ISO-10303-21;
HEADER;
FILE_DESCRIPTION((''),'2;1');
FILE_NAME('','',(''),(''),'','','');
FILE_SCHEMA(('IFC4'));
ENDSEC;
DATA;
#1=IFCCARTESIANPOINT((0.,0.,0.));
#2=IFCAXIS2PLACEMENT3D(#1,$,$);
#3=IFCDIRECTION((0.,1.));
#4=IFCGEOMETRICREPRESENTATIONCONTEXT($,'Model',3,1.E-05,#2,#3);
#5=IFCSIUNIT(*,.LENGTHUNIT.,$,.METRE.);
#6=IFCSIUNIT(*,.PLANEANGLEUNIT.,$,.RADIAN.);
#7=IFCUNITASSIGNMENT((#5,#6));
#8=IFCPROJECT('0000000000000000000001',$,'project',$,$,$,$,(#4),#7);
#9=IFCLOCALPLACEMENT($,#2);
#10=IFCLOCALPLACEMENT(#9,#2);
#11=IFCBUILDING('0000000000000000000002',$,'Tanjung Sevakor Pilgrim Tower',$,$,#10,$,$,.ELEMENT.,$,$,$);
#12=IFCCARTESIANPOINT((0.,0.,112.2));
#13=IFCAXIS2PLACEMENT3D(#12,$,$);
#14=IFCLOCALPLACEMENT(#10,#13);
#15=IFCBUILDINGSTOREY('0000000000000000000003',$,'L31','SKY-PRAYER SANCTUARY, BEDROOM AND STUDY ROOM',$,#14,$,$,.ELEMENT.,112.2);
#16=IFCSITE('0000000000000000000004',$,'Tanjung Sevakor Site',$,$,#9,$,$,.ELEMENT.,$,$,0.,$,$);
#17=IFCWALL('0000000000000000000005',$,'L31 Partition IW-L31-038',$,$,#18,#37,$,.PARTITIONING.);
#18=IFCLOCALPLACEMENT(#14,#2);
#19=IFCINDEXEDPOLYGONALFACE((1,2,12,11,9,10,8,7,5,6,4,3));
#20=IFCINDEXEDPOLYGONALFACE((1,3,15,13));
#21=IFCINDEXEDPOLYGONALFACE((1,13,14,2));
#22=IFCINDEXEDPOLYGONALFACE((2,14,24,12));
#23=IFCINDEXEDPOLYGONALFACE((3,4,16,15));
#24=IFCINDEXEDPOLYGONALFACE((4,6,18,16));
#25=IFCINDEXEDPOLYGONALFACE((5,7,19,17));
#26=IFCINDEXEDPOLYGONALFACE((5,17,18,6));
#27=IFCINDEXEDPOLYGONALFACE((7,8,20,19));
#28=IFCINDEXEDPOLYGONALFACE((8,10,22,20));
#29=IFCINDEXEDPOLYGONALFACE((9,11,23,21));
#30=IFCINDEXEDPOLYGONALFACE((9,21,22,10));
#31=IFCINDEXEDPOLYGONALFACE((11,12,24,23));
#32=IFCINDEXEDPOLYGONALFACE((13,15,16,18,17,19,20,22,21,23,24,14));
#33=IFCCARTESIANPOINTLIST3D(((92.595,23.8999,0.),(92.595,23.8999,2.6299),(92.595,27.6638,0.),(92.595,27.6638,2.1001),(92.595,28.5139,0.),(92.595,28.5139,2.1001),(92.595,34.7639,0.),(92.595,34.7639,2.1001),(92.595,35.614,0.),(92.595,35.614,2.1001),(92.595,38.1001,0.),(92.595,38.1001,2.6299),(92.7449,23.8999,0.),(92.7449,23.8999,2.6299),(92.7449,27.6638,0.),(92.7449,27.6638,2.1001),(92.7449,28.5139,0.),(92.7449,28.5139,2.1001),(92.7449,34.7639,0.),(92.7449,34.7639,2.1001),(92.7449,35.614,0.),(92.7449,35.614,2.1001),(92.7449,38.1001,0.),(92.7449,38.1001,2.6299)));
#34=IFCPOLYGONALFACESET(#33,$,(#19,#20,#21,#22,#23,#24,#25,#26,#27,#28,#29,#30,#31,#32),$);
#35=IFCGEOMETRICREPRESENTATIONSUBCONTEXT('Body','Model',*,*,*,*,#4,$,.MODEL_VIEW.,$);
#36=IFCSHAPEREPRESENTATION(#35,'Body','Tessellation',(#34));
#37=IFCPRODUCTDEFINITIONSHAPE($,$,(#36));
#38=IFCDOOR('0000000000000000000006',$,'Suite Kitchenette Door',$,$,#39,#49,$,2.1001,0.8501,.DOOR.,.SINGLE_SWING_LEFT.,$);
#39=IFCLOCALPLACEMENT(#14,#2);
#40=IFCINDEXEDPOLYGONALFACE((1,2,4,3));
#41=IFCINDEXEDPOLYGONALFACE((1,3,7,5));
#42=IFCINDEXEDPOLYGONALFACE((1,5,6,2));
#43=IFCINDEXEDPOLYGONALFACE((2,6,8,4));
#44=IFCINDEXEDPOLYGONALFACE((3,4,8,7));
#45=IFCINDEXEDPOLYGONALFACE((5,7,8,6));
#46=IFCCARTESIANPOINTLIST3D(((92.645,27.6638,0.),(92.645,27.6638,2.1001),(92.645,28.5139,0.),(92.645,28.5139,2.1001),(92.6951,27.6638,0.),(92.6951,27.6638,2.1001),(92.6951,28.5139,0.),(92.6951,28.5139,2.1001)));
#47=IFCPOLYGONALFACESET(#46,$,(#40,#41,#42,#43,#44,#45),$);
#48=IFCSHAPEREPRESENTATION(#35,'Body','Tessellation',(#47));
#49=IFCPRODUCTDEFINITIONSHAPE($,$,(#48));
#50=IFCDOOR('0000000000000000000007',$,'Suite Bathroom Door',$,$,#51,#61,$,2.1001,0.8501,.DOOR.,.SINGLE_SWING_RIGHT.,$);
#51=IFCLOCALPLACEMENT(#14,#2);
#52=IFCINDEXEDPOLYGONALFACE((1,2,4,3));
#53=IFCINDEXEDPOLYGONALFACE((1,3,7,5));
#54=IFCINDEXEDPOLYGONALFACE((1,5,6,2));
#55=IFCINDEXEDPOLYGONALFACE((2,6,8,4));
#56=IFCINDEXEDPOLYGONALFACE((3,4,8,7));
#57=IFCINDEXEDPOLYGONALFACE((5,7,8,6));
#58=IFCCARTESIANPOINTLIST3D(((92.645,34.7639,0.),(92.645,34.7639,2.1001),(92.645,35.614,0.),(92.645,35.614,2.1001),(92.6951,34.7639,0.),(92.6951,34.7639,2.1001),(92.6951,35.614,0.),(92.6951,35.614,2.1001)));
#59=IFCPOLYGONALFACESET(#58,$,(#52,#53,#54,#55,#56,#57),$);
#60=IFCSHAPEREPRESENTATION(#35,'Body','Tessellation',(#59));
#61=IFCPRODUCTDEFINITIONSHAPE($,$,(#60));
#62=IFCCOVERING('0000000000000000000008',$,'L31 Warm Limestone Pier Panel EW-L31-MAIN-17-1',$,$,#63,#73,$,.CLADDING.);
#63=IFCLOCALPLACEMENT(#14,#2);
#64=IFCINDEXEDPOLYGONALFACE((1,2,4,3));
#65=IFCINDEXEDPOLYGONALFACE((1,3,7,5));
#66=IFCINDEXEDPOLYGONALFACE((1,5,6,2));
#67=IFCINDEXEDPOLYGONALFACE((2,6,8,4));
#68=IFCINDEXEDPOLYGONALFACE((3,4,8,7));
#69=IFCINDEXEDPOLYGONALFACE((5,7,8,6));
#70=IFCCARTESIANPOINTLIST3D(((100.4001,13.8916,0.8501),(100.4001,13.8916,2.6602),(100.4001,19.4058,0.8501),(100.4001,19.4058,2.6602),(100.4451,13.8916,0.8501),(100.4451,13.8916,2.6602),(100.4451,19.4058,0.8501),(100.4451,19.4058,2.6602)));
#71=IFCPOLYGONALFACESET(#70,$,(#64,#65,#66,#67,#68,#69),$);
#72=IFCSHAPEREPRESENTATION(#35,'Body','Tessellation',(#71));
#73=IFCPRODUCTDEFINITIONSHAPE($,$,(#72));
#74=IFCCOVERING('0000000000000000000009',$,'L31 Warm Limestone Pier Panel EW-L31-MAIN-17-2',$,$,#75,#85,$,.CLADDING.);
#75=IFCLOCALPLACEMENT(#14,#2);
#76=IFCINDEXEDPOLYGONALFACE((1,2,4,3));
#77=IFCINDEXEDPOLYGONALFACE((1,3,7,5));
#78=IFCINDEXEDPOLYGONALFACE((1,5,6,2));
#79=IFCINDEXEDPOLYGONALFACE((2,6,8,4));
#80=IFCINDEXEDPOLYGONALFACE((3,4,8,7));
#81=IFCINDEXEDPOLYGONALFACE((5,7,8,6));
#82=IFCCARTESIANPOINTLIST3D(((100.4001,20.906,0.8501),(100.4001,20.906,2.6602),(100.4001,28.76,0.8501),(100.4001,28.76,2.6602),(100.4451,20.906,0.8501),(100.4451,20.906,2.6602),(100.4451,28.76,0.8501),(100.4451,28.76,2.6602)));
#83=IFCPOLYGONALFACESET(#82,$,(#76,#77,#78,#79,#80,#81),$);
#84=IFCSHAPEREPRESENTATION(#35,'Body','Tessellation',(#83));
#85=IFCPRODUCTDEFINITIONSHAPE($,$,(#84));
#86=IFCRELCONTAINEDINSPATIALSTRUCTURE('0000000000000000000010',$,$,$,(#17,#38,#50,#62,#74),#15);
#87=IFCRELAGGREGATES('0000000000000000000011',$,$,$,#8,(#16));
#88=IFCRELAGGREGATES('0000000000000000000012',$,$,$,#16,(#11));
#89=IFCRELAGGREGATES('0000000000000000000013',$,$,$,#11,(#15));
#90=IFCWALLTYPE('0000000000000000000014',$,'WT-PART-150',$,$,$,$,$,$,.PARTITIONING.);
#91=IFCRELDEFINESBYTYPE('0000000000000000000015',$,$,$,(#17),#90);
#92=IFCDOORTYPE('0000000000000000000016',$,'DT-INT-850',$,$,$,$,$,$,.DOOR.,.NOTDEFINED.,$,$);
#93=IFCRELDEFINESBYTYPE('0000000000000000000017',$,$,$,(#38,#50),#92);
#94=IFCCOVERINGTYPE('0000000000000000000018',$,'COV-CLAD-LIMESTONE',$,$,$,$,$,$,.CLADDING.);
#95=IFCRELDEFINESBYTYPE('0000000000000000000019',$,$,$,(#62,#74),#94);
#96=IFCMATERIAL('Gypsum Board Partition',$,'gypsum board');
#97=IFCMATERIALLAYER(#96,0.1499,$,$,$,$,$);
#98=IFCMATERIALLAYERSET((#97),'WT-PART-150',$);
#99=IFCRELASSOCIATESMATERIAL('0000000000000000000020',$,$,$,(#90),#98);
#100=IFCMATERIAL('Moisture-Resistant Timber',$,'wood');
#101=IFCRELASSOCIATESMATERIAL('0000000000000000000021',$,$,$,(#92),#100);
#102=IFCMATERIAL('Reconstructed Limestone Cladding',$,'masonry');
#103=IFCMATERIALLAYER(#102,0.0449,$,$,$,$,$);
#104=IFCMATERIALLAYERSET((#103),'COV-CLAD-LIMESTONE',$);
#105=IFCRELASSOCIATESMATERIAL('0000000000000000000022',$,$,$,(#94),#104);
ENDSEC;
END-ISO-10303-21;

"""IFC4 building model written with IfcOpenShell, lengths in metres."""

from ifc_helpers import new_model, si_unit, direction, frame, frame_2d, origin, origin_2d, place, context, subcontext, project, spatial, rectangle, extrude, material, layer, layer_set, type_object, element, fill, save


model = new_model("IFC4")

# Units and contexts
model_context = context("Model", 3, precision=1e-05, world=origin(), true_north=direction((0.0, 1.0)))
body_context = subcontext(model_context, "Body", "Model", "MODEL_VIEW")
ifc_project = project(units=[si_unit("LENGTHUNIT", "METRE"), si_unit("PLANEANGLEUNIT", "RADIAN")], contexts=[model_context])

# Site, building, storey
site_placement = place(None, origin())
site = spatial("IfcSite", under=ifc_project, at=site_placement, Name="Tanjung Sevakor Site", CompositionType="ELEMENT", RefElevation=0.0)
building_placement = place(site_placement, origin())
building = spatial("IfcBuilding", under=site, at=building_placement, Name="Tanjung Sevakor Pilgrim Tower", CompositionType="ELEMENT")
storey_placement = place(building_placement, frame((0.0, 0.0, 112.2)))
storey = spatial("IfcBuildingStorey", under=building, at=storey_placement, Name="L31", Description="SKY-PRAYER SANCTUARY, BEDROOM AND STUDY ROOM", CompositionType="ELEMENT", Elevation=112.2)

# Shared definitions
ifc_material_1 = material(Name="Gypsum Board Partition", Category="gypsum board")
ifc_layer_1 = layer(ifc_material_1, 0.1499)
ifc_layer_set_1 = layer_set([ifc_layer_1], Name="WT-PART-150")
wall_type_1 = type_object("IfcWallType", Name="WT-PART-150", PredefinedType="PARTITIONING", material=ifc_layer_set_1)
ifc_material_2 = material(Name="Moisture-Resistant Timber", Category="wood")
door_type = type_object("IfcDoorType", Name="DT-INT-850", OperationType="NOTDEFINED", PredefinedType="DOOR", material=ifc_material_2)

# Wall, openings, doors
wall_1_placement = place(storey_placement, frame((92.6699, 23.8999, 0.0), z_axis=(0.0, 0.0, 1.0), x_axis=(0.0, 1.0, 0.0)))
wall_1 = element("IfcWall", 1, at=wall_1_placement, inside=storey, type_object=wall_type_1, Name="L31 Partition IW-L31-038", PredefinedType="PARTITIONING", context=body_context, shape_type="SweptSolid", body=[
    extrude(rectangle(XDim=14.2002, YDim=0.1499, at=frame_2d((7.1001, 0.0))), origin(), (0.0, 0.0, 1.0), 2.6299),
])
opening_1_placement = place(wall_1_placement, frame((3.7639, 0.0, 0.0)))
opening_1 = element("IfcOpeningElement", 2, at=opening_1_placement, cuts=wall_1, PredefinedType="OPENING", context=body_context, shape_type="SweptSolid", body=[
    extrude(rectangle(XDim=0.8501, YDim=2.1001, at=frame_2d((0.425, 1.05))), frame((0.0, 0.085, 0.0), z_axis=(0.0, -1.0, 0.0), x_axis=(1.0, 0.0, 0.0)), (0.0, 0.0, 1.0), 0.1699),
])
opening_2_placement = place(wall_1_placement, frame((10.864, 0.0, 0.0)))
opening_2 = element("IfcOpeningElement", 3, at=opening_2_placement, cuts=wall_1, PredefinedType="OPENING", context=body_context, shape_type="SweptSolid", body=[
    extrude(rectangle(XDim=0.8501, YDim=2.1001, at=frame_2d((0.425, 1.05))), frame((0.0, 0.085, 0.0), z_axis=(0.0, -1.0, 0.0), x_axis=(1.0, 0.0, 0.0)), (0.0, 0.0, 1.0), 0.1699),
])
door_1_placement = place(opening_1_placement, origin())
door_1 = element("IfcDoor", 4, at=door_1_placement, inside=storey, type_object=door_type, Name="Suite Kitchenette Door", OperationType="SINGLE_SWING_LEFT", OverallHeight=2.1001, OverallWidth=0.8501, PredefinedType="DOOR", context=body_context, shape_type="SweptSolid", body=[
    extrude(rectangle(XDim=0.8501, YDim=2.1001, at=frame_2d((0.425, 1.05))), frame((0.0, 0.0249, 0.0), z_axis=(0.0, -1.0, 0.0), x_axis=(1.0, 0.0, 0.0)), (0.0, 0.0, 1.0), 0.05),
])
fill(opening_1, door_1)
door_2_placement = place(opening_2_placement, origin())
door_2 = element("IfcDoor", 5, at=door_2_placement, inside=storey, type_object=door_type, Name="Suite Bathroom Door", OperationType="SINGLE_SWING_RIGHT", OverallHeight=2.1001, OverallWidth=0.8501, PredefinedType="DOOR", context=body_context, shape_type="SweptSolid", body=[
    extrude(rectangle(XDim=0.8501, YDim=2.1001, at=frame_2d((0.425, 1.05))), frame((0.0, 0.0249, 0.0), z_axis=(0.0, -1.0, 0.0), x_axis=(1.0, 0.0, 0.0)), (0.0, 0.0, 1.0), 0.05),
])
fill(opening_2, door_2)

# Coverings
ifc_material_3 = material(Name="Reconstructed Limestone Cladding", Category="masonry")
ifc_layer_2 = layer(ifc_material_3, 0.0449)
ifc_layer_set_2 = layer_set([ifc_layer_2], Name="COV-CLAD-LIMESTONE")
covering_type = type_object("IfcCoveringType", Name="COV-CLAD-LIMESTONE", PredefinedType="CLADDING", material=ifc_layer_set_2)
covering_1_placement = place(storey_placement, frame((100.4226, 16.6487, 0.8501), z_axis=(0.0, 0.0, 1.0), x_axis=(0.0, 1.0, 0.0)))
element("IfcCovering", 6, at=covering_1_placement, inside=storey, type_object=covering_type, Name="L31 Warm Limestone Pier Panel EW-L31-MAIN-17-1", PredefinedType="CLADDING", context=body_context, shape_type="SweptSolid", body=[
    extrude(rectangle(XDim=5.5142, YDim=0.0449, at=origin_2d()), origin(), (0.0, 0.0, 1.0), 1.8101),
])
covering_2_placement = place(storey_placement, frame((100.4226, 24.833, 0.8501), z_axis=(0.0, 0.0, 1.0), x_axis=(0.0, 1.0, 0.0)))
element("IfcCovering", 7, at=covering_2_placement, inside=storey, type_object=covering_type, Name="L31 Warm Limestone Pier Panel EW-L31-MAIN-17-2", PredefinedType="CLADDING", context=body_context, shape_type="SweptSolid", body=[
    extrude(rectangle(XDim=7.854, YDim=0.0449, at=origin_2d()), origin(), (0.0, 0.0, 1.0), 1.8101),
])

save(model, "model.ifc")
